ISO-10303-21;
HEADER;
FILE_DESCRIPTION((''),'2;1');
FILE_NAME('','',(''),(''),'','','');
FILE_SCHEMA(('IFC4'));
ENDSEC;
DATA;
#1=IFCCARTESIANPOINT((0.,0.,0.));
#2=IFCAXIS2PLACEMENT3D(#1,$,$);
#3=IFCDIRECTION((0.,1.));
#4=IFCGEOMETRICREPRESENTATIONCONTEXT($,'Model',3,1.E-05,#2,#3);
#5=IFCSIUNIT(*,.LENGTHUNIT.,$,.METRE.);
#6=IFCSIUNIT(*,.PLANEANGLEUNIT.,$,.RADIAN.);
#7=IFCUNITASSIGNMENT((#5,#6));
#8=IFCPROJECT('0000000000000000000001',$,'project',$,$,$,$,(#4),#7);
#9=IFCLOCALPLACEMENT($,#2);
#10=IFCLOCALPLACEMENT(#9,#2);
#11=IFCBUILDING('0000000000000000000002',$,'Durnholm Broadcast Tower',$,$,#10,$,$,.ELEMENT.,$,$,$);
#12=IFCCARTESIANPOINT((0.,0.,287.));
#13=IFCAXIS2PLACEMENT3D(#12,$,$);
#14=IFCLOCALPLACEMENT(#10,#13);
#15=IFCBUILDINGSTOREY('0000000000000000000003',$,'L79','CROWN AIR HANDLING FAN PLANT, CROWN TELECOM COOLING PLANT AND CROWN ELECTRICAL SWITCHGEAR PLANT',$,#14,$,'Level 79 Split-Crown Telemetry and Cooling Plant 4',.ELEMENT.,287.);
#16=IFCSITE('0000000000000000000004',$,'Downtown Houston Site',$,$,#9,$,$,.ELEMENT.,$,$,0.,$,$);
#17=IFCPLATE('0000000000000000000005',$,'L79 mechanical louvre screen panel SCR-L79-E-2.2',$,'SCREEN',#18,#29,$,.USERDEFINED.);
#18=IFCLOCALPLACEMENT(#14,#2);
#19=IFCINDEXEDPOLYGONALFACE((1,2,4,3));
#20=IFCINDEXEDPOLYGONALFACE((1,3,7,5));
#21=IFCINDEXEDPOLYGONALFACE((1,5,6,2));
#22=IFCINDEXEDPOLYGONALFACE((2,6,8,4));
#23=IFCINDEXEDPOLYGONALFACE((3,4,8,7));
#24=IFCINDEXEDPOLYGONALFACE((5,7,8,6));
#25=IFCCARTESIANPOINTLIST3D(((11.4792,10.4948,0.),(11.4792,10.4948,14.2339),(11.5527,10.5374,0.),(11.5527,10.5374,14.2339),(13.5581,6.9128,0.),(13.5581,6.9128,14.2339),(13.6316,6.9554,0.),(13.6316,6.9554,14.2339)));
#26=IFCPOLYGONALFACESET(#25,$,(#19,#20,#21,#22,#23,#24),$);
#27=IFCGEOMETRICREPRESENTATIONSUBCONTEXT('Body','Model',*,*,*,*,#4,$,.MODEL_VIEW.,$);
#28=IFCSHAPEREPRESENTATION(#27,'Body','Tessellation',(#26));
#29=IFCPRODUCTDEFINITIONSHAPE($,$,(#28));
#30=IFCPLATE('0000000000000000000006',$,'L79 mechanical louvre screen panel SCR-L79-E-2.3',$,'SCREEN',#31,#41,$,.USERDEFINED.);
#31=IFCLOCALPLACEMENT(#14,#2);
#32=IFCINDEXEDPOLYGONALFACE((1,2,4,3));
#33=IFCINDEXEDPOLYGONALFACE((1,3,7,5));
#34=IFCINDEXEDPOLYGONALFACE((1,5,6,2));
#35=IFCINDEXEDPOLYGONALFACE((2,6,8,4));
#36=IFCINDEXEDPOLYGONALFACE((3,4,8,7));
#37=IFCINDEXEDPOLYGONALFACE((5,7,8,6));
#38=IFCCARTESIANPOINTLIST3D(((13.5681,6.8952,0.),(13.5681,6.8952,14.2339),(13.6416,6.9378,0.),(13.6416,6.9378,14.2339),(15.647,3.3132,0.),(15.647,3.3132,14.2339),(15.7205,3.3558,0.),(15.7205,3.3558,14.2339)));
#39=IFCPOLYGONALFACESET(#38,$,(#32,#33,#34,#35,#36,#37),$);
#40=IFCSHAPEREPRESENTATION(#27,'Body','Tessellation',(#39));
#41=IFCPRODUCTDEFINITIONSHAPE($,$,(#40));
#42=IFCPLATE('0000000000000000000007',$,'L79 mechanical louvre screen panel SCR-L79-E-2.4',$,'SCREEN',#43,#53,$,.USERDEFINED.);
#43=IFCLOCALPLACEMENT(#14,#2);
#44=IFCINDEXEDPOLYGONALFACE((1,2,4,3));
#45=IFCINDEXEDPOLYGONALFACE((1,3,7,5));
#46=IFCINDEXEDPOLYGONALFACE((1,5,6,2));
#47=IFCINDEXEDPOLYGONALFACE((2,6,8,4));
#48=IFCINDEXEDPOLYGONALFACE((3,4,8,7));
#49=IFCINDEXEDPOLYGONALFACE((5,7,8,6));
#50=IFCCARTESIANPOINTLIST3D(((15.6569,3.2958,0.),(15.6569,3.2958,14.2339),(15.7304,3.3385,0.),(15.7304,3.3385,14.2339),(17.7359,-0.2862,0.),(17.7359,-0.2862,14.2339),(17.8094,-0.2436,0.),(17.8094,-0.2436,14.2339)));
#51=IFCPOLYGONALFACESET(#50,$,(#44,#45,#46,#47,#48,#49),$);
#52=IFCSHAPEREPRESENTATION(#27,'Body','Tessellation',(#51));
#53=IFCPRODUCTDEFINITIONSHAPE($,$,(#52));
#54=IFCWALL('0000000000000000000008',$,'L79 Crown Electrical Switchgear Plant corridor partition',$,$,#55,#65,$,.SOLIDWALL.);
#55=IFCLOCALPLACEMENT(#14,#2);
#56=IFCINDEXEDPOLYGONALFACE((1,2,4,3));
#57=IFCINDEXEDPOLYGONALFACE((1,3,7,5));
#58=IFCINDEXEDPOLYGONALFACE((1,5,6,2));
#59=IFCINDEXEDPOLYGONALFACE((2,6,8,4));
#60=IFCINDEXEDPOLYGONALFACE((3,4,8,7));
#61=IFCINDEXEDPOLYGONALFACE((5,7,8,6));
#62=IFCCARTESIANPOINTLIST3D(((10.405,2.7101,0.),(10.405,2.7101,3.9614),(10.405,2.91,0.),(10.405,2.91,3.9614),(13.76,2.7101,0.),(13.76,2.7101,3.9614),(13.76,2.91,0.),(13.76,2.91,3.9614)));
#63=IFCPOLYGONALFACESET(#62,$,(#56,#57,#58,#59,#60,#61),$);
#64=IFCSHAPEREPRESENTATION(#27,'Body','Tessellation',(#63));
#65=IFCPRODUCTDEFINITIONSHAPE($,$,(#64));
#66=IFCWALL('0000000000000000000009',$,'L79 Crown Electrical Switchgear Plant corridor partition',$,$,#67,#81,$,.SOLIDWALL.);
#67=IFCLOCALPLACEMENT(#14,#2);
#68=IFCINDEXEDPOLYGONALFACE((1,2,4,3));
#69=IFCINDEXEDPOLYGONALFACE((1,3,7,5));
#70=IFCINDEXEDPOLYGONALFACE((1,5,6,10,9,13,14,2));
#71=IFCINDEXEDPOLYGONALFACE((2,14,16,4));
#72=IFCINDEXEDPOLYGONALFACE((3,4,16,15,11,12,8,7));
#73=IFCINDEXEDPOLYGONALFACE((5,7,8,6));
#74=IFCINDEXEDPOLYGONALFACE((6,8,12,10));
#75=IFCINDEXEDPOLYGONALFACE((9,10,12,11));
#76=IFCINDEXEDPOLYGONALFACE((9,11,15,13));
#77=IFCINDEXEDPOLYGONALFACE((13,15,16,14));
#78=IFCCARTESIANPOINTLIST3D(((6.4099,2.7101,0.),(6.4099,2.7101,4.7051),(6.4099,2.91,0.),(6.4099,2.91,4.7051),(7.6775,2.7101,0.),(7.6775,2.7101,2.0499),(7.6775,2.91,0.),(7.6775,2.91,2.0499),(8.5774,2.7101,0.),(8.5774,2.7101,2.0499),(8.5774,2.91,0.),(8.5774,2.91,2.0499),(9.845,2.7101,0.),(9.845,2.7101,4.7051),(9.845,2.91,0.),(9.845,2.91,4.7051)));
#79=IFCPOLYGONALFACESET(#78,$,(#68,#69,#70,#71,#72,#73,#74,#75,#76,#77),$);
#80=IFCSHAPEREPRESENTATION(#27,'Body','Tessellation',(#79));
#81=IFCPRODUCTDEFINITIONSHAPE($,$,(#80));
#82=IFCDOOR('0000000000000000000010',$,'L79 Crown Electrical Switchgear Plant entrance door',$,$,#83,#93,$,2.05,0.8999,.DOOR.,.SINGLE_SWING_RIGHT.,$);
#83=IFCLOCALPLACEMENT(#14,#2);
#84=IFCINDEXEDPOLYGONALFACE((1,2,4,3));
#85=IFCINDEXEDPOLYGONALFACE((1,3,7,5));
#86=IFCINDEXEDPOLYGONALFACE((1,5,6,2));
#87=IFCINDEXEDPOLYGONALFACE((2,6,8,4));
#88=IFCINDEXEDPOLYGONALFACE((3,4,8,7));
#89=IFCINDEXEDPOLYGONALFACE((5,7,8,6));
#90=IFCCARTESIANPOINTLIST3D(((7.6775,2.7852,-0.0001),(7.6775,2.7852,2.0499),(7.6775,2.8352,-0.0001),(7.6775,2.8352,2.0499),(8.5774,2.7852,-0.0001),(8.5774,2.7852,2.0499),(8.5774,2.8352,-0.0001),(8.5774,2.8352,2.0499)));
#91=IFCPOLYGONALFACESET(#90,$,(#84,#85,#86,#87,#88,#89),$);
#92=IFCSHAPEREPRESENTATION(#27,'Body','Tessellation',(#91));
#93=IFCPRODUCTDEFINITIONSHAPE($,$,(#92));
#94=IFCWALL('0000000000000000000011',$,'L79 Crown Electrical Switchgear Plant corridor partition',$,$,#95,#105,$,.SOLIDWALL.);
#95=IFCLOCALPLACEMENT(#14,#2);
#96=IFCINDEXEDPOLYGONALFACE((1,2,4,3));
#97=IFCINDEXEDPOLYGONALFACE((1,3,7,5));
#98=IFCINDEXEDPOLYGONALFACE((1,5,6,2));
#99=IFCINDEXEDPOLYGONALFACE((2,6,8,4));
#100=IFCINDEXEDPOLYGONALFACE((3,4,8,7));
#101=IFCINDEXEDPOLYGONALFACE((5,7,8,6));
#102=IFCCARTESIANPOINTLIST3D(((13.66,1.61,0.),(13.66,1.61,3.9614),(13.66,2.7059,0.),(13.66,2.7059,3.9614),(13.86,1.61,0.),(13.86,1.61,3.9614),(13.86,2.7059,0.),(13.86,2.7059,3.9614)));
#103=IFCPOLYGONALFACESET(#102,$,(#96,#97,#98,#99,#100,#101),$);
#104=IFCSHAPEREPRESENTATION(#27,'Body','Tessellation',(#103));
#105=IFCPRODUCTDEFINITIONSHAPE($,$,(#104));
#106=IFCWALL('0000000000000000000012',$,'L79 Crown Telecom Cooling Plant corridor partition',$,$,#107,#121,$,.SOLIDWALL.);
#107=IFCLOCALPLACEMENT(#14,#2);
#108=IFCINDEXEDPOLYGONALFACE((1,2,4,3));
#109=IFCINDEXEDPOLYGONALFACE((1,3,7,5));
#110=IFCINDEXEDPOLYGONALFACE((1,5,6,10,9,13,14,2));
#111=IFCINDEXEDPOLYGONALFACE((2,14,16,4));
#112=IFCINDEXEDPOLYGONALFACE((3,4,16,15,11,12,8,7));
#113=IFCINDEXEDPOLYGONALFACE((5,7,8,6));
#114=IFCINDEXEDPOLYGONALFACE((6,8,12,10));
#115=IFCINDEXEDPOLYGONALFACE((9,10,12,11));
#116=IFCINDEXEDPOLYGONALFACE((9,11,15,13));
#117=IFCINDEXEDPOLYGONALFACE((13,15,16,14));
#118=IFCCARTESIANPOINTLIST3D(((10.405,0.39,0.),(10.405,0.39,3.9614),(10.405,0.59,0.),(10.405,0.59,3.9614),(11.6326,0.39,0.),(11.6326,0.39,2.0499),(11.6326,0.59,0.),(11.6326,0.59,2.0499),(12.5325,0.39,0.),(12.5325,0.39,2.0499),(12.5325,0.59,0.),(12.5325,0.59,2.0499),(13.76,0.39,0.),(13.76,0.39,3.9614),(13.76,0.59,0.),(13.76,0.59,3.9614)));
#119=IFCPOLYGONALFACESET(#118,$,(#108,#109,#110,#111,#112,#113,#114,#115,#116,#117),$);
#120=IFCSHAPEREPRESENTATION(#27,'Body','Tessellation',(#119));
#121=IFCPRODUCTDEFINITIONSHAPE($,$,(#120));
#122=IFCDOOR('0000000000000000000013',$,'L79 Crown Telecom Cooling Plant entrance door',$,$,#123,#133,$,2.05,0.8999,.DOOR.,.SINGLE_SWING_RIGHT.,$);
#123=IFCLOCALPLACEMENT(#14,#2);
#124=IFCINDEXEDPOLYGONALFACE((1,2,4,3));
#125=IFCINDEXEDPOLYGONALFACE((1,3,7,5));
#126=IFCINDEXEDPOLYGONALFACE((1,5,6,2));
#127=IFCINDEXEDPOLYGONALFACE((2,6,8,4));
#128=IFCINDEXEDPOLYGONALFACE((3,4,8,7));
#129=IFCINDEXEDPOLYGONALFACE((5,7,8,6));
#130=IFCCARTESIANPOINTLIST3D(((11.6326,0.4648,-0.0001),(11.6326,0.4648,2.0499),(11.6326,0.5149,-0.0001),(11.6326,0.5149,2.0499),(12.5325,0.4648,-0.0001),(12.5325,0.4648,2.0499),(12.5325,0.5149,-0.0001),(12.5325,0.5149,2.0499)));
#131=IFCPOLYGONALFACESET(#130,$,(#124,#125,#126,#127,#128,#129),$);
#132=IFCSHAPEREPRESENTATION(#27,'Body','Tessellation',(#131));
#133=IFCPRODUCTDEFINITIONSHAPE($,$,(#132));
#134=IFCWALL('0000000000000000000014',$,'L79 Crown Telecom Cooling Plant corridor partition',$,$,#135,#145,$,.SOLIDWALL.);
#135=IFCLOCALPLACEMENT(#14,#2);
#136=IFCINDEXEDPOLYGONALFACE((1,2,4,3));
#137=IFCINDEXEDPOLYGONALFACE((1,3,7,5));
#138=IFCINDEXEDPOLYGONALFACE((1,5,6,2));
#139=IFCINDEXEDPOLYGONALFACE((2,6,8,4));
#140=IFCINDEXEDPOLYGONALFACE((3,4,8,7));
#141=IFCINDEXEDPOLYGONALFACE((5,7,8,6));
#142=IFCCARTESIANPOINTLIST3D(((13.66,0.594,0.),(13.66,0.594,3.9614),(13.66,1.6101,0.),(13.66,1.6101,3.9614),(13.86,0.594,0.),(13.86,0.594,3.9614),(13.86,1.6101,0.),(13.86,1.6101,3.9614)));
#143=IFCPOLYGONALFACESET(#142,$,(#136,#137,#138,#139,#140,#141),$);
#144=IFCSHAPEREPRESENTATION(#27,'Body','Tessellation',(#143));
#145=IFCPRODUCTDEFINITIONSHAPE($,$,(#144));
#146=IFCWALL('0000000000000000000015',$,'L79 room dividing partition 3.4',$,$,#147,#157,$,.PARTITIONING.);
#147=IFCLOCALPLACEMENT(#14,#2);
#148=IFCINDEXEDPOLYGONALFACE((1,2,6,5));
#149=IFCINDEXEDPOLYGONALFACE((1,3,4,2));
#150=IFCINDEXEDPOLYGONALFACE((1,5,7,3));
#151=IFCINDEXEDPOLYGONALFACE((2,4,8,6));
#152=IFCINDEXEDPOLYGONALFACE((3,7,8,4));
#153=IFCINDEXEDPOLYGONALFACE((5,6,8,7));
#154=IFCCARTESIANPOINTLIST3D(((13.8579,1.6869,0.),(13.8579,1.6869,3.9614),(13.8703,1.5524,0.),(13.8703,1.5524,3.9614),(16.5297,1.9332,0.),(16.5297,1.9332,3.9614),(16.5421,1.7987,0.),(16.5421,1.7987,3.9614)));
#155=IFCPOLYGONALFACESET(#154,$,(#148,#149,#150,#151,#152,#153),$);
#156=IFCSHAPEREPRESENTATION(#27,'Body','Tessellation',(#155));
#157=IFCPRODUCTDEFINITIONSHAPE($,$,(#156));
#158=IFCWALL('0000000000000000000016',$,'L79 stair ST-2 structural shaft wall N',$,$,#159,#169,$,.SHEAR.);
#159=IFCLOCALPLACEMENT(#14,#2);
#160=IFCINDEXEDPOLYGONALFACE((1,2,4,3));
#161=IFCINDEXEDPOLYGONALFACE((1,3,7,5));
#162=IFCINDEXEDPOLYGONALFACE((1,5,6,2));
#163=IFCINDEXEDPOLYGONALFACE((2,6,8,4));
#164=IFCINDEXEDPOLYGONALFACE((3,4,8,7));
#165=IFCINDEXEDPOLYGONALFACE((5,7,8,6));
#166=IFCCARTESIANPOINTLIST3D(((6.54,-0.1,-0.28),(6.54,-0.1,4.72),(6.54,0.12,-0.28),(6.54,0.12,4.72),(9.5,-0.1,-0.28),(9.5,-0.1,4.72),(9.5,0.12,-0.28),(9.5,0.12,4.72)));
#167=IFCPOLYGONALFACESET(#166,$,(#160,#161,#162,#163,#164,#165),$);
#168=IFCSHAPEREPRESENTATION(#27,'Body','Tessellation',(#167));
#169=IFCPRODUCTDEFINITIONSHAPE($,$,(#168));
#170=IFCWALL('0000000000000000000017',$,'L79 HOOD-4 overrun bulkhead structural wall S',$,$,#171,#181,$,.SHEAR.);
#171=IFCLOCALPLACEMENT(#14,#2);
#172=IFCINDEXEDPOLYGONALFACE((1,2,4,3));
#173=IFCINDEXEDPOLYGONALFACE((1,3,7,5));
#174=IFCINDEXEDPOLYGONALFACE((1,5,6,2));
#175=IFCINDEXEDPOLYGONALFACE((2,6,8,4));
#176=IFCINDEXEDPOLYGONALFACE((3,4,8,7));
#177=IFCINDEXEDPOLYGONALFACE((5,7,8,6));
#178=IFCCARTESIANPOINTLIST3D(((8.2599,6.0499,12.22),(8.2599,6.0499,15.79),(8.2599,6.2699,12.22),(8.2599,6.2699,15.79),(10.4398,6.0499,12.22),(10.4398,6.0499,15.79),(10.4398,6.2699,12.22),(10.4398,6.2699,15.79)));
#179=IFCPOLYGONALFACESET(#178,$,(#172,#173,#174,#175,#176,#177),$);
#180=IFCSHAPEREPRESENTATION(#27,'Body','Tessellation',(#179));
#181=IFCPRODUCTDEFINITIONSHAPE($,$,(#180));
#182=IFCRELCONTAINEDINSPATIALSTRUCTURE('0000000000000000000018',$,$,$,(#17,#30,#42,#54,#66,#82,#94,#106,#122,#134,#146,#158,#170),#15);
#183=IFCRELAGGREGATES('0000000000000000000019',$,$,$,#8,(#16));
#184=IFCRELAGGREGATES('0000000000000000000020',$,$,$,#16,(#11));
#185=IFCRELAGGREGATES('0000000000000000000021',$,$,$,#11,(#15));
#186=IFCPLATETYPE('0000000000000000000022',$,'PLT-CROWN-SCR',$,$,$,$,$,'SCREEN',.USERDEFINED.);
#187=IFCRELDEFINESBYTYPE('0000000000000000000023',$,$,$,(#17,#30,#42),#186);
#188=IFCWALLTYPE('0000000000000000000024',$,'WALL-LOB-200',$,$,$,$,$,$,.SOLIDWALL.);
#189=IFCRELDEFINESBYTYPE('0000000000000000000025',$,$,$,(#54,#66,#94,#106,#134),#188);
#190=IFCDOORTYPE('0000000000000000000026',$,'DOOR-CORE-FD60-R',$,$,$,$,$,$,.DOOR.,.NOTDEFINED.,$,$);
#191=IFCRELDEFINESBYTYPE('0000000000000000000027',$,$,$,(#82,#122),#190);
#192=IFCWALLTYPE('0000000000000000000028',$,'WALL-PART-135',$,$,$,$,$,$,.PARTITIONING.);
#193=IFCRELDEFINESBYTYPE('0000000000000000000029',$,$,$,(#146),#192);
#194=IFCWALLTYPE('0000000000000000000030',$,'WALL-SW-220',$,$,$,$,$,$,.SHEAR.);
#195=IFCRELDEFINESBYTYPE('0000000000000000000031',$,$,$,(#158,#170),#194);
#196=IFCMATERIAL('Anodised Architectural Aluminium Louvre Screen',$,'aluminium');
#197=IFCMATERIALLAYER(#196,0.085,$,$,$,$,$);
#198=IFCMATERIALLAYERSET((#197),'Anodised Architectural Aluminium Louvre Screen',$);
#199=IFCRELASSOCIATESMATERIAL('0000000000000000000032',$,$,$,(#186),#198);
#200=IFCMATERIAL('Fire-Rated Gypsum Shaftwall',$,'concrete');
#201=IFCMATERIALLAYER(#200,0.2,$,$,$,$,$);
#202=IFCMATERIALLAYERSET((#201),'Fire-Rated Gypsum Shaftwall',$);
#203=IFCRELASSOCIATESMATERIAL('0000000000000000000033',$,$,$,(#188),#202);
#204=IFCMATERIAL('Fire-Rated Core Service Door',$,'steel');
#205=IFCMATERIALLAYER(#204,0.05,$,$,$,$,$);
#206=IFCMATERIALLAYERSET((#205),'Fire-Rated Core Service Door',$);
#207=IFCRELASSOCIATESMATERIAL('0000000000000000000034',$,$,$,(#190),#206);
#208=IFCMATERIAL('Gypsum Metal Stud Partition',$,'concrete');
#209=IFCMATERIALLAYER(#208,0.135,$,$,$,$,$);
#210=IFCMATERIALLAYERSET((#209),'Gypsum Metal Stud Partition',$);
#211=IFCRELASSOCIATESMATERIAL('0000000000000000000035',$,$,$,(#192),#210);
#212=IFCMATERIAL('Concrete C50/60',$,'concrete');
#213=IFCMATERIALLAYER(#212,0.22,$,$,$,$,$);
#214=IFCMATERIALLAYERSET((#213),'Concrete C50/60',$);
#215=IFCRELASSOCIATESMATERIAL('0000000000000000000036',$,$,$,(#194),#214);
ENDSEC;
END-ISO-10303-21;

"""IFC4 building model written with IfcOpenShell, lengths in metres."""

from ifc_helpers import new_model, si_unit, direction, frame, frame_2d, origin, origin_2d, place, context, subcontext, project, spatial, rectangle, extrude, source, transform, mapped, material, layer, layer_set, type_object, type_shapes, element, fill, save


model = new_model("IFC4")

# Units and contexts
model_context = context("Model", 3, precision=1e-05, world=origin(), true_north=direction((0.0, 1.0)))
body_context = subcontext(model_context, "Body", "Model", "MODEL_VIEW")
ifc_project = project(units=[si_unit("LENGTHUNIT", "METRE"), si_unit("PLANEANGLEUNIT", "RADIAN")], contexts=[model_context])

# Site, building, storey
site_placement = place(None, origin())
site = spatial("IfcSite", under=ifc_project, at=site_placement, Name="Downtown Houston Site", CompositionType="ELEMENT", RefElevation=0.0)
building_placement = place(site_placement, origin())
building = spatial("IfcBuilding", under=site, at=building_placement, Name="Durnholm Broadcast Tower", CompositionType="ELEMENT")
storey_placement = place(building_placement, frame((0.0, 0.0, 287.0)))
storey = spatial("IfcBuildingStorey", under=building, at=storey_placement, Name="L79", Description="CROWN AIR HANDLING FAN PLANT, CROWN TELECOM COOLING PLANT AND CROWN ELECTRICAL SWITCHGEAR PLANT", LongName="Level 79 Split-Crown Telemetry and Cooling Plant 4", CompositionType="ELEMENT", Elevation=287.0)

# Plates
ifc_material_1 = material(Name="Anodised Architectural Aluminium Louvre Screen", Category="aluminium")
ifc_layer_1 = layer(ifc_material_1, 0.085)
ifc_layer_set_1 = layer_set([ifc_layer_1], Name="Anodised Architectural Aluminium Louvre Screen")
plate_type_1 = type_object("IfcPlateType", Name="PLT-CROWN-SCR", ElementType="SCREEN", PredefinedType="USERDEFINED", material=ifc_layer_set_1)
shared_shape_1 = source(origin(), body_context, "Body", "SweptSolid", [
    extrude(rectangle(XDim=4.1416, YDim=0.085, at=origin_2d()), origin(), (0.0, 0.0, 1.0), 14.2339),
])
for number, where, z_axis, x_axis, name in (
    (1, (12.5554, 8.7251, 0.0), (0.0, 0.0, 1.0), (0.501964, -0.864889, 0.0), "L79 mechanical louvre screen panel SCR-L79-E-2.2"),
    (2, (14.6443, 5.1255, 0.0), (0.0, 0.0, 1.0), (0.501964, -0.864889, 0.0), "L79 mechanical louvre screen panel SCR-L79-E-2.3"),
    (3, (16.7332, 1.5261, 0.0), (0.0, 0.0, 1.0), (0.501964, -0.864889, 0.0), "L79 mechanical louvre screen panel SCR-L79-E-2.4"),
):
    element("IfcPlate", number, at=place(storey_placement, frame(where, z_axis=z_axis, x_axis=x_axis)), inside=storey, type_object=plate_type_1, Name=name, ObjectType="SCREEN", PredefinedType="USERDEFINED", context=body_context, shape_type="MappedRepresentation", body=[
        mapped(shared_shape_1, transform((0.0, 0.0, 0.0), x_axis=(1.0, 0.0, 0.0), y_axis=(0.0, 1.0, 0.0), z_axis=(0.0, 0.0, 1.0), scale=1.0)),
    ])

# Wall
ifc_material_2 = material(Name="Fire-Rated Gypsum Shaftwall", Category="concrete")
ifc_layer_2 = layer(ifc_material_2, 0.2)
ifc_layer_set_2 = layer_set([ifc_layer_2], Name="Fire-Rated Gypsum Shaftwall")
wall_type_1 = type_object("IfcWallType", Name="WALL-LOB-200", PredefinedType="SOLIDWALL", material=ifc_layer_set_2)
wall_1_placement = place(storey_placement, frame((13.76, 2.8101, 0.0), z_axis=(0.0, 0.0, 1.0), x_axis=(-1.0, 0.0, 0.0)))
element("IfcWall", 4, at=wall_1_placement, inside=storey, type_object=wall_type_1, Name="L79 Crown Electrical Switchgear Plant corridor partition", PredefinedType="SOLIDWALL", context=body_context, shape_type="SweptSolid", body=[
    extrude(rectangle(XDim=3.355, YDim=0.2, at=frame_2d((1.6775, 0.0))), origin(), (0.0, 0.0, 1.0), 3.9614),
])

# Wall, opening, door
wall_2_placement = place(storey_placement, frame((9.845, 2.8101, 0.0), z_axis=(0.0, 0.0, 1.0), x_axis=(-1.0, 0.0, 0.0)))
wall_2 = element("IfcWall", 5, at=wall_2_placement, inside=storey, type_object=wall_type_1, Name="L79 Crown Electrical Switchgear Plant corridor partition", PredefinedType="SOLIDWALL", context=body_context, shape_type="SweptSolid", body=[
    extrude(rectangle(XDim=3.4351, YDim=0.2, at=frame_2d((1.7175, 0.0))), origin(), (0.0, 0.0, 1.0), 4.7051),
])
opening_1_placement = place(wall_2_placement, frame((1.2676, 0.0, 0.0)))
opening_1 = element("IfcOpeningElement", 6, at=opening_1_placement, cuts=wall_2, PredefinedType="OPENING", context=body_context, shape_type="SweptSolid", body=[
    extrude(rectangle(XDim=0.8999, YDim=2.05, at=frame_2d((0.45, 1.0249))), frame((0.0, 0.1099, 0.0), z_axis=(0.0, -1.0, 0.0), x_axis=(1.0, 0.0, 0.0)), (0.0, 0.0, 1.0), 0.22),
])
ifc_material_3 = material(Name="Fire-Rated Core Service Door", Category="steel")
ifc_layer_3 = layer(ifc_material_3, 0.05)
ifc_layer_set_3 = layer_set([ifc_layer_3], Name="Fire-Rated Core Service Door")
door_type = type_object("IfcDoorType", Name="DOOR-CORE-FD60-R", OperationType="NOTDEFINED", PredefinedType="DOOR", material=ifc_layer_set_3)
shared_shape_2 = source(origin(), body_context, "Body", "SweptSolid", [
    extrude(rectangle(XDim=0.8999, YDim=2.05, at=frame_2d((0.45, 1.0249))), frame((0.0, 0.0249, 0.0), z_axis=(0.0, -1.0, 0.0), x_axis=(1.0, 0.0, 0.0)), (0.0, 0.0, 1.0), 0.05),
])
type_shapes(door_type, [shared_shape_2])
door_1_placement = place(opening_1_placement, origin())
door_1 = element("IfcDoor", 7, at=door_1_placement, inside=storey, type_object=door_type, Name="L79 Crown Electrical Switchgear Plant entrance door", OperationType="SINGLE_SWING_RIGHT", OverallHeight=2.05, OverallWidth=0.8999, PredefinedType="DOOR", context=body_context, shape_type="MappedRepresentation", body=[
    mapped(shared_shape_2, transform((0.0, 0.0, 0.0), x_axis=(1.0, 0.0, 0.0), y_axis=(0.0, 1.0, 0.0), z_axis=(0.0, 0.0, 1.0), scale=1.0)),
])
fill(opening_1, door_1)

# Wall
wall_3_placement = place(storey_placement, frame((13.76, 1.6101, 0.0), z_axis=(0.0, 0.0, 1.0), x_axis=(0.0, 1.0, 0.0)))
element("IfcWall", 8, at=wall_3_placement, inside=storey, type_object=wall_type_1, Name="L79 Crown Electrical Switchgear Plant corridor partition", PredefinedType="SOLIDWALL", context=body_context, shape_type="SweptSolid", body=[
    extrude(rectangle(XDim=1.0959, YDim=0.2, at=frame_2d((0.5479, 0.0))), origin(), (0.0, 0.0, 1.0), 3.9614),
])

# Wall, opening, door
wall_4_placement = place(storey_placement, frame((10.405, 0.49, 0.0), z_axis=(0.0, 0.0, 1.0), x_axis=(1.0, 0.0, 0.0)))
wall_4 = element("IfcWall", 9, at=wall_4_placement, inside=storey, type_object=wall_type_1, Name="L79 Crown Telecom Cooling Plant corridor partition", PredefinedType="SOLIDWALL", context=body_context, shape_type="SweptSolid", body=[
    extrude(rectangle(XDim=3.355, YDim=0.2, at=frame_2d((1.6775, 0.0))), origin(), (0.0, 0.0, 1.0), 3.9614),
])
opening_2_placement = place(wall_4_placement, frame((1.2275, 0.0, 0.0)))
opening_2 = element("IfcOpeningElement", 10, at=opening_2_placement, cuts=wall_4, PredefinedType="OPENING", context=body_context, shape_type="SweptSolid", body=[
    extrude(rectangle(XDim=0.8999, YDim=2.05, at=frame_2d((0.45, 1.0249))), frame((0.0, 0.1099, 0.0), z_axis=(0.0, -1.0, 0.0), x_axis=(1.0, 0.0, 0.0)), (0.0, 0.0, 1.0), 0.22),
])
door_2_placement = place(opening_2_placement, origin())
door_2 = element("IfcDoor", 11, at=door_2_placement, inside=storey, type_object=door_type, Name="L79 Crown Telecom Cooling Plant entrance door", OperationType="SINGLE_SWING_RIGHT", OverallHeight=2.05, OverallWidth=0.8999, PredefinedType="DOOR", context=body_context, shape_type="MappedRepresentation", body=[
    mapped(shared_shape_2, transform((0.0, 0.0, 0.0), x_axis=(1.0, 0.0, 0.0), y_axis=(0.0, 1.0, 0.0), z_axis=(0.0, 0.0, 1.0), scale=1.0)),
])
fill(opening_2, door_2)

# Walls
wall_5_placement = place(storey_placement, frame((13.76, 0.594, 0.0), z_axis=(0.0, 0.0, 1.0), x_axis=(0.0, 1.0, 0.0)))
element("IfcWall", 12, at=wall_5_placement, inside=storey, type_object=wall_type_1, Name="L79 Crown Telecom Cooling Plant corridor partition", PredefinedType="SOLIDWALL", context=body_context, shape_type="SweptSolid", body=[
    extrude(rectangle(XDim=1.0161, YDim=0.2, at=frame_2d((0.5081, 0.0))), origin(), (0.0, 0.0, 1.0), 3.9614),
])
ifc_material_4 = material(Name="Gypsum Metal Stud Partition", Category="concrete")
ifc_layer_4 = layer(ifc_material_4, 0.135)
ifc_layer_set_4 = layer_set([ifc_layer_4], Name="Gypsum Metal Stud Partition")
wall_type_2 = type_object("IfcWallType", Name="WALL-PART-135", PredefinedType="PARTITIONING", material=ifc_layer_set_4)
wall_6_placement = place(storey_placement, frame((16.5359, 1.866, 0.0), z_axis=(0.0, 0.0, 1.0), x_axis=(-0.995777, -0.091807, 0.0)))
element("IfcWall", 13, at=wall_6_placement, inside=storey, type_object=wall_type_2, Name="L79 room dividing partition 3.4", PredefinedType="PARTITIONING", context=body_context, shape_type="SweptSolid", body=[
    extrude(rectangle(XDim=2.6831, YDim=0.135, at=frame_2d((1.3416, 0.0))), origin(), (0.0, 0.0, 1.0), 3.9614),
])
ifc_material_5 = material(Name="Concrete C50/60", Category="concrete")
ifc_layer_5 = layer(ifc_material_5, 0.22)
ifc_layer_set_5 = layer_set([ifc_layer_5], Name="Concrete C50/60")
wall_type_3 = type_object("IfcWallType", Name="WALL-SW-220", PredefinedType="SHEAR", material=ifc_layer_set_5)
wall_7_placement = place(storey_placement, frame((9.5, 0.01, -0.28), z_axis=(0.0, 0.0, 1.0), x_axis=(-1.0, 0.0, 0.0)))
element("IfcWall", 14, at=wall_7_placement, inside=storey, type_object=wall_type_3, Name="L79 stair ST-2 structural shaft wall N", PredefinedType="SHEAR", context=body_context, shape_type="SweptSolid", body=[
    extrude(rectangle(XDim=2.96, YDim=0.22, at=frame_2d((1.48, 0.0))), origin(), (0.0, 0.0, 1.0), 5.0),
])
for number, where, z_axis, x_axis, name in (
    (15, (8.26, 6.1599, 12.22), (0.0, 0.0, 1.0), (1.0, 0.0, 0.0), "L79 HOOD-4 overrun bulkhead structural wall S"),
):
    element("IfcWall", number, at=place(storey_placement, frame(where, z_axis=z_axis, x_axis=x_axis)), inside=storey, type_object=wall_type_3, Name=name, PredefinedType="SHEAR", context=body_context, shape_type="SweptSolid", body=[
        extrude(rectangle(XDim=2.1799, YDim=0.22, at=frame_2d((1.0898, 0.0))), origin(), (0.0, 0.0, 1.0), 3.5701),
    ])

save(model, "model.ifc")
